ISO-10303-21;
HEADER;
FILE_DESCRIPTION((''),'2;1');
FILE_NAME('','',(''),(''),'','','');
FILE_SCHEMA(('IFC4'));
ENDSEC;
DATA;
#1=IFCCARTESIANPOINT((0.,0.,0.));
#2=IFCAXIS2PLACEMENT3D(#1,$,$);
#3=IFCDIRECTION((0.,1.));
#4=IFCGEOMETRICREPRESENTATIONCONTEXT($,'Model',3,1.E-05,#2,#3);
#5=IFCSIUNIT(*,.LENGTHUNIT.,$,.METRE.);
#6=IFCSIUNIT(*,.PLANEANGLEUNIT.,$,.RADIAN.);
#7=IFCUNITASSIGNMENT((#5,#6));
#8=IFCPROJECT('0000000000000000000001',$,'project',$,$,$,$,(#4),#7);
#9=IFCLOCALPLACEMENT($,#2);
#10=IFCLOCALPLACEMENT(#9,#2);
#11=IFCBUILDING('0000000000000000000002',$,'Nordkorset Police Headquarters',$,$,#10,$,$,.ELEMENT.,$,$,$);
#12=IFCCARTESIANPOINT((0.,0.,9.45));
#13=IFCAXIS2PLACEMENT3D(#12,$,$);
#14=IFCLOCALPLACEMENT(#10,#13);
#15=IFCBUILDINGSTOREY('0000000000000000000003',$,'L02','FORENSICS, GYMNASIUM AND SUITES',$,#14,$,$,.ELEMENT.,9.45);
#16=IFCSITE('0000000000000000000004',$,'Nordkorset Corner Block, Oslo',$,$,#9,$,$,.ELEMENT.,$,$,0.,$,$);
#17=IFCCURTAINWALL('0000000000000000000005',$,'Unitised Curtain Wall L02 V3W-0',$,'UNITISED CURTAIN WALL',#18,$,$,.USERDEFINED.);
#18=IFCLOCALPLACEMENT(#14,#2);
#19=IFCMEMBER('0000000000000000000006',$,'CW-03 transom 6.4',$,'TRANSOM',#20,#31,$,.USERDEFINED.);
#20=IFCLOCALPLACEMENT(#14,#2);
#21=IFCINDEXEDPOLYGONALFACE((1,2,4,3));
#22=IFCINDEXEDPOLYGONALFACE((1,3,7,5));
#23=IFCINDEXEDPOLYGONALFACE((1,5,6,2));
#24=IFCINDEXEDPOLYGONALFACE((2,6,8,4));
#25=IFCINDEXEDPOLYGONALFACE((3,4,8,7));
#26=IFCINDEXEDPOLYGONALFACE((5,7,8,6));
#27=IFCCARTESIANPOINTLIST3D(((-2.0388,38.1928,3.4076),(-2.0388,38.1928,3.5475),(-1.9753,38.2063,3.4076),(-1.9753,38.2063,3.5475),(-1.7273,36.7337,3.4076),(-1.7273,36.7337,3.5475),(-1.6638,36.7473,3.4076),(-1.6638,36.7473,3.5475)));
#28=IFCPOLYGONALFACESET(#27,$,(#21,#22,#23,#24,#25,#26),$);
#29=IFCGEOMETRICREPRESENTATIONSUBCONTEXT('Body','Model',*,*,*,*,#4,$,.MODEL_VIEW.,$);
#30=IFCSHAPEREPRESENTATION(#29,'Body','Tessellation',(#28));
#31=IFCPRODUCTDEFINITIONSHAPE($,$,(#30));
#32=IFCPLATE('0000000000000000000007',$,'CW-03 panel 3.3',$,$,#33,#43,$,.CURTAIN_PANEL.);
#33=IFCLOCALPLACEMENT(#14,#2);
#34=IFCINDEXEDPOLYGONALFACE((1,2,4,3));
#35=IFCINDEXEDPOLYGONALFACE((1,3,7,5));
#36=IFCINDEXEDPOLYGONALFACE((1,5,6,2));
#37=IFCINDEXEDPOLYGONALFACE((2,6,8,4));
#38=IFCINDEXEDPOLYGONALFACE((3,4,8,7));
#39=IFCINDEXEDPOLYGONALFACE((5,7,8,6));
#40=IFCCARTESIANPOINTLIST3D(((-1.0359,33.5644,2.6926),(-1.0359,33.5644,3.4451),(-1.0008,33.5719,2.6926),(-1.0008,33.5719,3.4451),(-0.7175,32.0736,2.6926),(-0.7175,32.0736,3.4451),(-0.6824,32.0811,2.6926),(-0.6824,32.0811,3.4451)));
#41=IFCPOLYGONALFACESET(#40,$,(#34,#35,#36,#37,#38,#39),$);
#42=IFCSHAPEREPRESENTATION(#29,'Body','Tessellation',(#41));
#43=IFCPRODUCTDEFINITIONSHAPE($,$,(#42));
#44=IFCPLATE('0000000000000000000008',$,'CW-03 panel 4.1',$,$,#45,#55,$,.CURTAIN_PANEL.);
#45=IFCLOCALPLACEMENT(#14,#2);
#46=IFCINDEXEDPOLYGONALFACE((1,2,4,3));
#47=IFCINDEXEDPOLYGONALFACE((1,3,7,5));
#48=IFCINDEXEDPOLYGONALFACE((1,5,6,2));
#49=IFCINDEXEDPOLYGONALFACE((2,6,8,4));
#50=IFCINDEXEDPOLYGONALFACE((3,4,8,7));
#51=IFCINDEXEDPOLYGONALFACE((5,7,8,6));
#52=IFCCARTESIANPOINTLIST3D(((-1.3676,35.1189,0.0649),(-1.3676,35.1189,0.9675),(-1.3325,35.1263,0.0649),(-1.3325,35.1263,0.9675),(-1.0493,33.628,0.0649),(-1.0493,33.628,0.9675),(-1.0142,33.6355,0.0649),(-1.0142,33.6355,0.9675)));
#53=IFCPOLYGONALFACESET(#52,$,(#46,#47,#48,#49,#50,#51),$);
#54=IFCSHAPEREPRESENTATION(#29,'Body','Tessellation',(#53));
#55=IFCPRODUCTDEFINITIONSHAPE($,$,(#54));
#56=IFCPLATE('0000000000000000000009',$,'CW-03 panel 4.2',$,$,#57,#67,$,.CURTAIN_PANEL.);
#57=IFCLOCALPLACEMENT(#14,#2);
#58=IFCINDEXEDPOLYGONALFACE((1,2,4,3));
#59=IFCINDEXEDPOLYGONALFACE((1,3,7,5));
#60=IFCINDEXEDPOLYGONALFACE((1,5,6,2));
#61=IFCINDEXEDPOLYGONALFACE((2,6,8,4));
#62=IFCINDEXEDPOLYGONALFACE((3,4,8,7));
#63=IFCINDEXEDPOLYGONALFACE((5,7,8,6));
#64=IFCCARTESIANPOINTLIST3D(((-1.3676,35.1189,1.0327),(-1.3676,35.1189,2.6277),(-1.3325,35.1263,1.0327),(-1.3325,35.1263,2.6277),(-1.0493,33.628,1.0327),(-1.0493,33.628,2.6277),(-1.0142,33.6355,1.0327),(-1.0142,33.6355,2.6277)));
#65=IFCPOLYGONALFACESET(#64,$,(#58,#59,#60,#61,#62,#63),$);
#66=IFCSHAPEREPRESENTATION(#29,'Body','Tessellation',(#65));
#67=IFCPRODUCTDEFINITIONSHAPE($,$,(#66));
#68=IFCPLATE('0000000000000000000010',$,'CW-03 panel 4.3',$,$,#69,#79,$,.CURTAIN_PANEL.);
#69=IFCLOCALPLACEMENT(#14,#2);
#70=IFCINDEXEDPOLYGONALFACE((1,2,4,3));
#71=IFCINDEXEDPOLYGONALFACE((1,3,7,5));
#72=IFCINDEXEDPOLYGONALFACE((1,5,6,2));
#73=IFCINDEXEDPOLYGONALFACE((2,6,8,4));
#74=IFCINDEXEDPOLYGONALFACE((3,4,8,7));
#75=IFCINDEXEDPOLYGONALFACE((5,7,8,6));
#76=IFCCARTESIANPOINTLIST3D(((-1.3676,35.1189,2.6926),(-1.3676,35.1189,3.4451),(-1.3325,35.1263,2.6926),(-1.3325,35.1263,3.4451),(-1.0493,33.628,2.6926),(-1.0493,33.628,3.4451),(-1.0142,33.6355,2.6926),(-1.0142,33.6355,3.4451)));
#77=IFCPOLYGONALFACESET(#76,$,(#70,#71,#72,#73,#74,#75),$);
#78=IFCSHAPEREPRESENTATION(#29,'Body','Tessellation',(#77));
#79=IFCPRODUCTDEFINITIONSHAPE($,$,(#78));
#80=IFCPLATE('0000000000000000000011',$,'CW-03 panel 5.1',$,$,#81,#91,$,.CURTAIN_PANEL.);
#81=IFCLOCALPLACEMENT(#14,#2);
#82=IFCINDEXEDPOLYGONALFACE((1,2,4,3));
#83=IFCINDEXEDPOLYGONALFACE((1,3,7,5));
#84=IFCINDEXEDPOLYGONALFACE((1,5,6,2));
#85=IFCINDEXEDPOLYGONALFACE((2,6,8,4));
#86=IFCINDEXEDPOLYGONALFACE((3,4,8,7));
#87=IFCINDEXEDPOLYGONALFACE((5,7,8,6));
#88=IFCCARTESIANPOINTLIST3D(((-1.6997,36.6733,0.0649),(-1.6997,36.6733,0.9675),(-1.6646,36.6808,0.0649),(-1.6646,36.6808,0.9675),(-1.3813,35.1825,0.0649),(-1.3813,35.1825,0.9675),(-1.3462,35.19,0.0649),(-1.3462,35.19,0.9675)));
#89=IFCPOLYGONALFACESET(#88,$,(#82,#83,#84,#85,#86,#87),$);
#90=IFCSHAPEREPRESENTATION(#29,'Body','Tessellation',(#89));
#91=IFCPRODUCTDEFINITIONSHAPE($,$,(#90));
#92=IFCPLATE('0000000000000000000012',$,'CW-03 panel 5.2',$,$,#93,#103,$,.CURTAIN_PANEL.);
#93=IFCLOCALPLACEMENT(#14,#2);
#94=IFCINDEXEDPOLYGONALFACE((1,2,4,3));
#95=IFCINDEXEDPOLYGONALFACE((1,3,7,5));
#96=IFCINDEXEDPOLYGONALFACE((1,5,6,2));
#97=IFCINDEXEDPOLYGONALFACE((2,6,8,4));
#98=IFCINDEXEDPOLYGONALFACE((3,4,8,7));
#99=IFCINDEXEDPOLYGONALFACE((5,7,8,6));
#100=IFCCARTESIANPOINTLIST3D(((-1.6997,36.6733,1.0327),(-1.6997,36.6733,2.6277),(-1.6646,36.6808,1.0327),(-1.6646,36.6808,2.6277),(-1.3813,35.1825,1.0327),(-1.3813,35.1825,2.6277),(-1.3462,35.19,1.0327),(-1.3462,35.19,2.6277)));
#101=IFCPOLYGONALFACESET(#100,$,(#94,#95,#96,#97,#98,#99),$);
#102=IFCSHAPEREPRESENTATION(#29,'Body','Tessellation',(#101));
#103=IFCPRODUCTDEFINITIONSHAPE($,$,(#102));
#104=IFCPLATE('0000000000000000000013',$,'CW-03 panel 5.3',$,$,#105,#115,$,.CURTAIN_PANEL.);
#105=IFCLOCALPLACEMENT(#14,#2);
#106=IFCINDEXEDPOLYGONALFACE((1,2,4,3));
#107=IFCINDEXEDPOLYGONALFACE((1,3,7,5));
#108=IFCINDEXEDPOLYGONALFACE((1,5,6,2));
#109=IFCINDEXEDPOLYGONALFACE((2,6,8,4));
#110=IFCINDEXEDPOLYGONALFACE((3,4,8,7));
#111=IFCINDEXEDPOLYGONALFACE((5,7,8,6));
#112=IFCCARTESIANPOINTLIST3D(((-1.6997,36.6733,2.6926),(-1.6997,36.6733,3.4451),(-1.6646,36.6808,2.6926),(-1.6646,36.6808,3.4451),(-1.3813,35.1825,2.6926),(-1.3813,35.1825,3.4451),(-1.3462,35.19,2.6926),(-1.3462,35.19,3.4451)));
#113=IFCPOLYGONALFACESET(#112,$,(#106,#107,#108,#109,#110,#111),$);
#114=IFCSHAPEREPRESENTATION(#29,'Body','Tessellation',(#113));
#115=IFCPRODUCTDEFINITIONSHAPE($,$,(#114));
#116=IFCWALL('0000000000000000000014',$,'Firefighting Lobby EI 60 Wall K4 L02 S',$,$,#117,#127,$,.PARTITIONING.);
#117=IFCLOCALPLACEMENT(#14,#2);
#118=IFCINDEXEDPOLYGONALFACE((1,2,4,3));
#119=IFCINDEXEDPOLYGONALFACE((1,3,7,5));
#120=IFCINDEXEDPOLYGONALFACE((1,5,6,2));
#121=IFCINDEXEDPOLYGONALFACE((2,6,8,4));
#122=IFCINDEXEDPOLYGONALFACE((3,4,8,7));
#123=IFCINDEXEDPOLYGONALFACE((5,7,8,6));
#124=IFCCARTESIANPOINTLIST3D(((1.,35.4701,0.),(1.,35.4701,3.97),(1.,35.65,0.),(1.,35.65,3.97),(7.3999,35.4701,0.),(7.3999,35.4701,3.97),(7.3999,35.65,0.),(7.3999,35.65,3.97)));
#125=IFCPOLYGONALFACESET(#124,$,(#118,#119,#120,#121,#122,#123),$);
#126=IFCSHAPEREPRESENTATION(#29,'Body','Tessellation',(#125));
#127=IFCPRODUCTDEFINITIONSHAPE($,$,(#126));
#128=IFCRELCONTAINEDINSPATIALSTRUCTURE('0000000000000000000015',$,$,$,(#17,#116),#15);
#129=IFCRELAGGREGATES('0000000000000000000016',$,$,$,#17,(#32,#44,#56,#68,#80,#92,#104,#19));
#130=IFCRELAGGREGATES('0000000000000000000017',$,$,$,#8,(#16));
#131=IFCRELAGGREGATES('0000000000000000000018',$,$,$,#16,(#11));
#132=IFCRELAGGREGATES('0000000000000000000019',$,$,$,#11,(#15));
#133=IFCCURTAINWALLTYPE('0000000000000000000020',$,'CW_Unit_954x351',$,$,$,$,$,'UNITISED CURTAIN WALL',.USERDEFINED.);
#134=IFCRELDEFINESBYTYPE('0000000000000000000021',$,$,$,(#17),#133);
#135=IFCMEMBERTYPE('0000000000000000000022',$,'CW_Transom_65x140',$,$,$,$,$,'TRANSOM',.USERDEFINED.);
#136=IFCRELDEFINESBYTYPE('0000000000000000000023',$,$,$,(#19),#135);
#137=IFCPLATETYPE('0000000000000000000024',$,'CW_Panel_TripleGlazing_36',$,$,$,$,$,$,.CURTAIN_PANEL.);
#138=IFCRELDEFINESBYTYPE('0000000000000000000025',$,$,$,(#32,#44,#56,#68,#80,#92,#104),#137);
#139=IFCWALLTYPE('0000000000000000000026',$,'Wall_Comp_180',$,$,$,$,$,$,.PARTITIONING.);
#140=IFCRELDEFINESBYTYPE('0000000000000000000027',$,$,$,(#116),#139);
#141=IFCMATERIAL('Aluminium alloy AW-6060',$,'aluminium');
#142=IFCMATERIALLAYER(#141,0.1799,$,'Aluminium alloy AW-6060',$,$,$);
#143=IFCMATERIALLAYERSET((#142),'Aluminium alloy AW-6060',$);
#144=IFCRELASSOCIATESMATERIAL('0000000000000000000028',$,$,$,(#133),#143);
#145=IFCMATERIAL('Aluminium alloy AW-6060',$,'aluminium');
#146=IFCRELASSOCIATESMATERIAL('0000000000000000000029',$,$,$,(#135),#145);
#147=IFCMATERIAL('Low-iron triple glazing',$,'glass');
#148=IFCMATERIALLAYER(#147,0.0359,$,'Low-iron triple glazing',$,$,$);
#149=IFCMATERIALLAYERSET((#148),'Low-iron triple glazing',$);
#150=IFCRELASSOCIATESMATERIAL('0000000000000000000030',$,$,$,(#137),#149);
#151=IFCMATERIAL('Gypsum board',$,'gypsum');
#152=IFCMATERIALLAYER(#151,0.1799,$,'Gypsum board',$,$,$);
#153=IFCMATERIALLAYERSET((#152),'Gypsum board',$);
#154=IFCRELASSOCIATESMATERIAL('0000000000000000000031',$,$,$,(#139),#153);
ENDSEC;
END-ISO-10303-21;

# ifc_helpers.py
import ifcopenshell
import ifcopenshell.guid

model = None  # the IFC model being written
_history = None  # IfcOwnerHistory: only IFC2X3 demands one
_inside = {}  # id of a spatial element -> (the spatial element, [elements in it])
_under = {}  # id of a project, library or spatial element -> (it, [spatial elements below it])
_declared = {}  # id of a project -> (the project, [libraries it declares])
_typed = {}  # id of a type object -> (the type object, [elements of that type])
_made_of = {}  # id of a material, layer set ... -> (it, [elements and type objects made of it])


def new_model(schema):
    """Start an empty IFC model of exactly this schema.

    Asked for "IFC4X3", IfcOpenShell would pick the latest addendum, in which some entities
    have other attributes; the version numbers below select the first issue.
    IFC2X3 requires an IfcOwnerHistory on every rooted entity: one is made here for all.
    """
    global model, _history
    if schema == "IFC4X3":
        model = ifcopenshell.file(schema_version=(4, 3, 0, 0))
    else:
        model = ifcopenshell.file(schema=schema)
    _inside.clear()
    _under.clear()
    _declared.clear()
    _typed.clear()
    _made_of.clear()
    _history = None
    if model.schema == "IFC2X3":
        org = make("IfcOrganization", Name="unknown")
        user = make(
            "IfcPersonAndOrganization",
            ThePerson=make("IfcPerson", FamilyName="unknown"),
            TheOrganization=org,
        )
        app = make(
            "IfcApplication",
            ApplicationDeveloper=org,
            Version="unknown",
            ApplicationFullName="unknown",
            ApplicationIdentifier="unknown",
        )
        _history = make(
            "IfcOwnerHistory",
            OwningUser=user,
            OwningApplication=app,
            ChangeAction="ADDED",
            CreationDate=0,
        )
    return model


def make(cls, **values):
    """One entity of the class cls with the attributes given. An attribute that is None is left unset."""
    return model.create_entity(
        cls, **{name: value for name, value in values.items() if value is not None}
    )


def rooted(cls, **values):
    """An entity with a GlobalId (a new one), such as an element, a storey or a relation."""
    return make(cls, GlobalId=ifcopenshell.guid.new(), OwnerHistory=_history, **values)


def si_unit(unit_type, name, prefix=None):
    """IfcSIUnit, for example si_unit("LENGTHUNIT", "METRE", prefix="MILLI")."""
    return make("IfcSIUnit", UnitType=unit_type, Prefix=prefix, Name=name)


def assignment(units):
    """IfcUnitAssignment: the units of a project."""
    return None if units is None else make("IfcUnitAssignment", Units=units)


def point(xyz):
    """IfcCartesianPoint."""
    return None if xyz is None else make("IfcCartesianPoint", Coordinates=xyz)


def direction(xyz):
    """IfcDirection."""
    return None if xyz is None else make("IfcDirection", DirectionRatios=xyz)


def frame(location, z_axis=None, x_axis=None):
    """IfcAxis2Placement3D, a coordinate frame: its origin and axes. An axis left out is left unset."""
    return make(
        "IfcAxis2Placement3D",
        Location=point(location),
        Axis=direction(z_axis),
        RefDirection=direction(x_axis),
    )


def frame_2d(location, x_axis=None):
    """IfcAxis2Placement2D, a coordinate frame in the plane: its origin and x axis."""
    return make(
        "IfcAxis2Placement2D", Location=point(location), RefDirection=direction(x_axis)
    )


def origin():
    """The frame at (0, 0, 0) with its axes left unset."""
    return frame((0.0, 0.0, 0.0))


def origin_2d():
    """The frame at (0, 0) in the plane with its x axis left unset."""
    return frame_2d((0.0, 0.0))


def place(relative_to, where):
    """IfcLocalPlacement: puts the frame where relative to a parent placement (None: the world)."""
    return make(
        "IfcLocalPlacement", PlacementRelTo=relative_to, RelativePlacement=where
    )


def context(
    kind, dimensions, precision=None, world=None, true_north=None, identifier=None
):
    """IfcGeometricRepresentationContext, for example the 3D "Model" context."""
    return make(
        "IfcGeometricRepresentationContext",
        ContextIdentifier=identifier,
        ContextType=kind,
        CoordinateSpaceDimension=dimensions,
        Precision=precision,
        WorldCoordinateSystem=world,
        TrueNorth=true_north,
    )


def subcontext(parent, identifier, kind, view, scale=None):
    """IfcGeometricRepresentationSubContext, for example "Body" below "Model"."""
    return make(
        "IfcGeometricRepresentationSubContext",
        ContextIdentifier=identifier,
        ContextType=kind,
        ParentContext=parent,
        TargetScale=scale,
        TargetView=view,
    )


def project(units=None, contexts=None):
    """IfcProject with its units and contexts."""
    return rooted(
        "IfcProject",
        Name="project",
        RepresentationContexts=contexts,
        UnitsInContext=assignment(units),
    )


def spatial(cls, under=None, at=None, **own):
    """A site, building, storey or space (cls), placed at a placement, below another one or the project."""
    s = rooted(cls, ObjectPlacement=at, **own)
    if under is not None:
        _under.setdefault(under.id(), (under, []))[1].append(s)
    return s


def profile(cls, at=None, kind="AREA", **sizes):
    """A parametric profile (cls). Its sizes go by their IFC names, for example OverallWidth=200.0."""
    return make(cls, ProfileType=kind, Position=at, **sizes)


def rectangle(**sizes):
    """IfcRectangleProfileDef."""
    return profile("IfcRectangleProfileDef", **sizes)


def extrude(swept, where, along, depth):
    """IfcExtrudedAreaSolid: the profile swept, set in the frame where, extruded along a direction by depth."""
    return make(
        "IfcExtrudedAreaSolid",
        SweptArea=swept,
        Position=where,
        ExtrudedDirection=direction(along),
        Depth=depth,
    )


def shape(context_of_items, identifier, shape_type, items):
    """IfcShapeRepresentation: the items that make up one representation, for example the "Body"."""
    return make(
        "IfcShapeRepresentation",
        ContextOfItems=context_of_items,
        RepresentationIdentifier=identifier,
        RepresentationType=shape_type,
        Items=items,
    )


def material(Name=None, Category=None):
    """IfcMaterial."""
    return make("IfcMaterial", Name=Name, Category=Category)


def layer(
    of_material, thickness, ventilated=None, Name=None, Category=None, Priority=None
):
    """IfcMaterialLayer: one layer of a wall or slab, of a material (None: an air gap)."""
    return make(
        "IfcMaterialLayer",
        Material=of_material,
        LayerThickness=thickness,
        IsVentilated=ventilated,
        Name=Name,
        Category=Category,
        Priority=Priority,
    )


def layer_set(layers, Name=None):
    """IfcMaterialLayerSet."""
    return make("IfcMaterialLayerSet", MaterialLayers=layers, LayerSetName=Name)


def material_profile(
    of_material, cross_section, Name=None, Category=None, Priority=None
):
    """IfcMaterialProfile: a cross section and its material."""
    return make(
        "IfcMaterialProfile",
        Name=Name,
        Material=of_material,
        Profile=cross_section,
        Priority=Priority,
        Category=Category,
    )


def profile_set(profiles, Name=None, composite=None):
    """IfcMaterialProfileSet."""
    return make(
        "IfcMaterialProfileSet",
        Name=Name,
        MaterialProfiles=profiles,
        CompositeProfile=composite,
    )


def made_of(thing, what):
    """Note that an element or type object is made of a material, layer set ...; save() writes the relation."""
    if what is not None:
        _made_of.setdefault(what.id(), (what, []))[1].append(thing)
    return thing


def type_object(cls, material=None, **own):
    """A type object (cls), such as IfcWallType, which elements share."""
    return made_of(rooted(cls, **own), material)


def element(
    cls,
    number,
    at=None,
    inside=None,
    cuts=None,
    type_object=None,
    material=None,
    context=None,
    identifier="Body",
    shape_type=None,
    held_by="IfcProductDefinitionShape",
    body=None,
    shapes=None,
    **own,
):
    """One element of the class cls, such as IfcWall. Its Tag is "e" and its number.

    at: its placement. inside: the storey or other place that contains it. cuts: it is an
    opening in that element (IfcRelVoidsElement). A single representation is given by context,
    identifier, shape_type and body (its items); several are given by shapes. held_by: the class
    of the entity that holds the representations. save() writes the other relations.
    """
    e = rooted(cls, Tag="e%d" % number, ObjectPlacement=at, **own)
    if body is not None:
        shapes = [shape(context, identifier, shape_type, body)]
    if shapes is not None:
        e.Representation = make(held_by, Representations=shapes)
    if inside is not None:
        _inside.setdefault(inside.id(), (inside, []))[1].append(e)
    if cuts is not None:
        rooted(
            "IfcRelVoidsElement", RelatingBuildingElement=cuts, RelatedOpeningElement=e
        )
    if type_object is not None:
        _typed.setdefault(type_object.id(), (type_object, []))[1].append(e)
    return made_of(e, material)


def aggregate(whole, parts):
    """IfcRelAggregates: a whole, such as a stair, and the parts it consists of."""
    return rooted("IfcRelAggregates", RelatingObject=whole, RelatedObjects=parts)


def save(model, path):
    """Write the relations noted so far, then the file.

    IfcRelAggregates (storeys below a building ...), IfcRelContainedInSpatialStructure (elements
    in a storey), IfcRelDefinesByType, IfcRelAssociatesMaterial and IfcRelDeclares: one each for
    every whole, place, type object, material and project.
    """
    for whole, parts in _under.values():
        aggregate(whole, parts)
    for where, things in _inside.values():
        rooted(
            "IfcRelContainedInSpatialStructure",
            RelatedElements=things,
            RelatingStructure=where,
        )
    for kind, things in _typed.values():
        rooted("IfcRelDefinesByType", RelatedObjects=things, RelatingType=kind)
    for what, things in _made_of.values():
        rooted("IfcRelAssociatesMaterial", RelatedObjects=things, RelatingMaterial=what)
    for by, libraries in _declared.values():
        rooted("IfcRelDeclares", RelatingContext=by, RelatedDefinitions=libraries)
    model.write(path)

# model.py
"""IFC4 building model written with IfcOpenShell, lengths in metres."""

from ifc_helpers import new_model, si_unit, direction, frame, frame_2d, origin, origin_2d, place, context, subcontext, project, spatial, rectangle, extrude, material, layer, layer_set, material_profile, profile_set, type_object, element, aggregate, save


model = new_model("IFC4")

# Units and contexts
model_context = context("Model", 3, precision=1e-05, world=origin(), true_north=direction((0.0, 1.0)))
body_context = subcontext(model_context, "Body", "Model", "MODEL_VIEW")
ifc_project = project(units=[si_unit("LENGTHUNIT", "METRE"), si_unit("PLANEANGLEUNIT", "RADIAN")], contexts=[model_context])

# Site, building, storey
site_placement = place(None, origin())
site = spatial("IfcSite", under=ifc_project, at=site_placement, Name="Nordkorset Corner Block, Oslo", CompositionType="ELEMENT", RefElevation=0.0)
building_placement = place(site_placement, origin())
building = spatial("IfcBuilding", under=site, at=building_placement, Name="Nordkorset Police Headquarters", CompositionType="ELEMENT")
storey_placement = place(building_placement, frame((0.0, 0.0, 9.45)))
storey = spatial("IfcBuildingStorey", under=building, at=storey_placement, Name="L02", Description="FORENSICS, GYMNASIUM AND SUITES", CompositionType="ELEMENT", Elevation=9.45)

# Curtain wall, member, plates
ifc_material_1 = material(Name="Aluminium alloy AW-6060", Category="aluminium")
ifc_layer_1 = layer(ifc_material_1, 0.1799, Name="Aluminium alloy AW-6060")
ifc_layer_set_1 = layer_set([ifc_layer_1], Name="Aluminium alloy AW-6060")
curtain_wall_type = type_object("IfcCurtainWallType", Name="CW_Unit_954x351", ElementType="UNITISED CURTAIN WALL", PredefinedType="USERDEFINED", material=ifc_layer_set_1)
curtain_wall_placement = place(storey_placement, origin())
curtain_wall = element("IfcCurtainWall", 1, at=curtain_wall_placement, inside=storey, type_object=curtain_wall_type, Name="Unitised Curtain Wall L02 V3W-0", ObjectType="UNITISED CURTAIN WALL", PredefinedType="USERDEFINED")
ifc_material_2 = material(Name="Aluminium alloy AW-6060", Category="aluminium")
ifc_material_profile_1 = material_profile(ifc_material_2, rectangle(XDim=0.0649, YDim=0.1399, at=origin_2d()), Name="ALU TRAN 65x140")
ifc_profile_set_1 = profile_set([ifc_material_profile_1], Name="Aluminium alloy AW-6060")
member_type_1 = type_object("IfcMemberType", Name="CW_Transom_65x140", ElementType="TRANSOM", PredefinedType="USERDEFINED", material=ifc_profile_set_1)
member_1_placement = place(storey_placement, frame((-1.6956, 36.7405, 3.4775), z_axis=(-0.208814, 0.977955, 0.0), x_axis=(-0.977955, -0.208814, 0.0)))
member_1 = element("IfcMember", 2, at=member_1_placement, type_object=member_type_1, Name="CW-03 transom 6.4", ObjectType="TRANSOM", PredefinedType="USERDEFINED", context=body_context, shape_type="SweptSolid", body=[
    extrude(rectangle(XDim=0.0649, YDim=0.1399, at=origin_2d()), origin(), (0.0, 0.0, 1.0), 1.4919),
])
ifc_material_3 = material(Name="Low-iron triple glazing", Category="glass")
ifc_layer_2 = layer(ifc_material_3, 0.0359, Name="Low-iron triple glazing")
ifc_layer_set_2 = layer_set([ifc_layer_2], Name="Low-iron triple glazing")
plate_type = type_object("IfcPlateType", Name="CW_Panel_TripleGlazing_36", PredefinedType="CURTAIN_PANEL", material=ifc_layer_set_2)
plate_1_placement = place(storey_placement, frame((-0.8591, 32.8228, 2.6926), z_axis=(0.0, 0.0, 1.0), x_axis=(-0.208833, 0.977951, 0.0)))
plate_1 = element("IfcPlate", 3, at=plate_1_placement, type_object=plate_type, Name="CW-03 panel 3.3", PredefinedType="CURTAIN_PANEL", context=body_context, shape_type="SweptSolid", body=[
    extrude(rectangle(XDim=1.5244, YDim=0.0359, at=origin_2d()), origin(), (0.0, 0.0, 1.0), 0.7524),
])
plate_2_placement = place(storey_placement, frame((-1.1909, 34.3772, 0.0649), z_axis=(0.0, 0.0, 1.0), x_axis=(-0.208833, 0.977951, 0.0)))
plate_2 = element("IfcPlate", 4, at=plate_2_placement, type_object=plate_type, Name="CW-03 panel 4.1", PredefinedType="CURTAIN_PANEL", context=body_context, shape_type="SweptSolid", body=[
    extrude(rectangle(XDim=1.5244, YDim=0.0359, at=origin_2d()), origin(), (0.0, 0.0, 1.0), 0.9026),
])
plate_3_placement = place(storey_placement, frame((-1.1909, 34.3772, 1.0327), z_axis=(0.0, 0.0, 1.0), x_axis=(-0.208833, 0.977951, 0.0)))
plate_3 = element("IfcPlate", 5, at=plate_3_placement, type_object=plate_type, Name="CW-03 panel 4.2", PredefinedType="CURTAIN_PANEL", context=body_context, shape_type="SweptSolid", body=[
    extrude(rectangle(XDim=1.5244, YDim=0.0359, at=origin_2d()), origin(), (0.0, 0.0, 1.0), 1.595),
])
plate_4_placement = place(storey_placement, frame((-1.1909, 34.3772, 2.6926), z_axis=(0.0, 0.0, 1.0), x_axis=(-0.208833, 0.977951, 0.0)))
plate_4 = element("IfcPlate", 6, at=plate_4_placement, type_object=plate_type, Name="CW-03 panel 4.3", PredefinedType="CURTAIN_PANEL", context=body_context, shape_type="SweptSolid", body=[
    extrude(rectangle(XDim=1.5244, YDim=0.0359, at=origin_2d()), origin(), (0.0, 0.0, 1.0), 0.7524),
])
plate_5_placement = place(storey_placement, frame((-1.5229, 35.9316, 0.0649), z_axis=(0.0, 0.0, 1.0), x_axis=(-0.208833, 0.977951, 0.0)))
plate_5 = element("IfcPlate", 7, at=plate_5_placement, type_object=plate_type, Name="CW-03 panel 5.1", PredefinedType="CURTAIN_PANEL", context=body_context, shape_type="SweptSolid", body=[
    extrude(rectangle(XDim=1.5244, YDim=0.0359, at=origin_2d()), origin(), (0.0, 0.0, 1.0), 0.9026),
])
plate_6_placement = place(storey_placement, frame((-1.5229, 35.9316, 1.0327), z_axis=(0.0, 0.0, 1.0), x_axis=(-0.208833, 0.977951, 0.0)))
plate_6 = element("IfcPlate", 8, at=plate_6_placement, type_object=plate_type, Name="CW-03 panel 5.2", PredefinedType="CURTAIN_PANEL", context=body_context, shape_type="SweptSolid", body=[
    extrude(rectangle(XDim=1.5244, YDim=0.0359, at=origin_2d()), origin(), (0.0, 0.0, 1.0), 1.595),
])
plate_7_placement = place(storey_placement, frame((-1.5229, 35.9316, 2.6926), z_axis=(0.0, 0.0, 1.0), x_axis=(-0.208833, 0.977951, 0.0)))
plate_7 = element("IfcPlate", 9, at=plate_7_placement, type_object=plate_type, Name="CW-03 panel 5.3", PredefinedType="CURTAIN_PANEL", context=body_context, shape_type="SweptSolid", body=[
    extrude(rectangle(XDim=1.5244, YDim=0.0359, at=origin_2d()), origin(), (0.0, 0.0, 1.0), 0.7524),
])
aggregate(curtain_wall, [plate_1, plate_2, plate_3, plate_4, plate_5, plate_6, plate_7, member_1])

# Wall
ifc_material_4 = material(Name="Gypsum board", Category="gypsum")
ifc_layer_3 = layer(ifc_material_4, 0.1799, Name="Gypsum board")
ifc_layer_set_3 = layer_set([ifc_layer_3], Name="Gypsum board")
wall_type = type_object("IfcWallType", Name="Wall_Comp_180", PredefinedType="PARTITIONING", material=ifc_layer_set_3)
wall_placement = place(storey_placement, frame((1.0, 35.5601, 0.0), z_axis=(0.0, 0.0, 1.0), x_axis=(1.0, 0.0, 0.0)))
element("IfcWall", 10, at=wall_placement, inside=storey, type_object=wall_type, Name="Firefighting Lobby EI 60 Wall K4 L02 S", PredefinedType="PARTITIONING", context=body_context, shape_type="SweptSolid", body=[
    extrude(rectangle(XDim=6.3999, YDim=0.1799, at=frame_2d((3.2, 0.0))), origin(), (0.0, 0.0, 1.0), 3.97),
])

save(model, "model.ifc")
